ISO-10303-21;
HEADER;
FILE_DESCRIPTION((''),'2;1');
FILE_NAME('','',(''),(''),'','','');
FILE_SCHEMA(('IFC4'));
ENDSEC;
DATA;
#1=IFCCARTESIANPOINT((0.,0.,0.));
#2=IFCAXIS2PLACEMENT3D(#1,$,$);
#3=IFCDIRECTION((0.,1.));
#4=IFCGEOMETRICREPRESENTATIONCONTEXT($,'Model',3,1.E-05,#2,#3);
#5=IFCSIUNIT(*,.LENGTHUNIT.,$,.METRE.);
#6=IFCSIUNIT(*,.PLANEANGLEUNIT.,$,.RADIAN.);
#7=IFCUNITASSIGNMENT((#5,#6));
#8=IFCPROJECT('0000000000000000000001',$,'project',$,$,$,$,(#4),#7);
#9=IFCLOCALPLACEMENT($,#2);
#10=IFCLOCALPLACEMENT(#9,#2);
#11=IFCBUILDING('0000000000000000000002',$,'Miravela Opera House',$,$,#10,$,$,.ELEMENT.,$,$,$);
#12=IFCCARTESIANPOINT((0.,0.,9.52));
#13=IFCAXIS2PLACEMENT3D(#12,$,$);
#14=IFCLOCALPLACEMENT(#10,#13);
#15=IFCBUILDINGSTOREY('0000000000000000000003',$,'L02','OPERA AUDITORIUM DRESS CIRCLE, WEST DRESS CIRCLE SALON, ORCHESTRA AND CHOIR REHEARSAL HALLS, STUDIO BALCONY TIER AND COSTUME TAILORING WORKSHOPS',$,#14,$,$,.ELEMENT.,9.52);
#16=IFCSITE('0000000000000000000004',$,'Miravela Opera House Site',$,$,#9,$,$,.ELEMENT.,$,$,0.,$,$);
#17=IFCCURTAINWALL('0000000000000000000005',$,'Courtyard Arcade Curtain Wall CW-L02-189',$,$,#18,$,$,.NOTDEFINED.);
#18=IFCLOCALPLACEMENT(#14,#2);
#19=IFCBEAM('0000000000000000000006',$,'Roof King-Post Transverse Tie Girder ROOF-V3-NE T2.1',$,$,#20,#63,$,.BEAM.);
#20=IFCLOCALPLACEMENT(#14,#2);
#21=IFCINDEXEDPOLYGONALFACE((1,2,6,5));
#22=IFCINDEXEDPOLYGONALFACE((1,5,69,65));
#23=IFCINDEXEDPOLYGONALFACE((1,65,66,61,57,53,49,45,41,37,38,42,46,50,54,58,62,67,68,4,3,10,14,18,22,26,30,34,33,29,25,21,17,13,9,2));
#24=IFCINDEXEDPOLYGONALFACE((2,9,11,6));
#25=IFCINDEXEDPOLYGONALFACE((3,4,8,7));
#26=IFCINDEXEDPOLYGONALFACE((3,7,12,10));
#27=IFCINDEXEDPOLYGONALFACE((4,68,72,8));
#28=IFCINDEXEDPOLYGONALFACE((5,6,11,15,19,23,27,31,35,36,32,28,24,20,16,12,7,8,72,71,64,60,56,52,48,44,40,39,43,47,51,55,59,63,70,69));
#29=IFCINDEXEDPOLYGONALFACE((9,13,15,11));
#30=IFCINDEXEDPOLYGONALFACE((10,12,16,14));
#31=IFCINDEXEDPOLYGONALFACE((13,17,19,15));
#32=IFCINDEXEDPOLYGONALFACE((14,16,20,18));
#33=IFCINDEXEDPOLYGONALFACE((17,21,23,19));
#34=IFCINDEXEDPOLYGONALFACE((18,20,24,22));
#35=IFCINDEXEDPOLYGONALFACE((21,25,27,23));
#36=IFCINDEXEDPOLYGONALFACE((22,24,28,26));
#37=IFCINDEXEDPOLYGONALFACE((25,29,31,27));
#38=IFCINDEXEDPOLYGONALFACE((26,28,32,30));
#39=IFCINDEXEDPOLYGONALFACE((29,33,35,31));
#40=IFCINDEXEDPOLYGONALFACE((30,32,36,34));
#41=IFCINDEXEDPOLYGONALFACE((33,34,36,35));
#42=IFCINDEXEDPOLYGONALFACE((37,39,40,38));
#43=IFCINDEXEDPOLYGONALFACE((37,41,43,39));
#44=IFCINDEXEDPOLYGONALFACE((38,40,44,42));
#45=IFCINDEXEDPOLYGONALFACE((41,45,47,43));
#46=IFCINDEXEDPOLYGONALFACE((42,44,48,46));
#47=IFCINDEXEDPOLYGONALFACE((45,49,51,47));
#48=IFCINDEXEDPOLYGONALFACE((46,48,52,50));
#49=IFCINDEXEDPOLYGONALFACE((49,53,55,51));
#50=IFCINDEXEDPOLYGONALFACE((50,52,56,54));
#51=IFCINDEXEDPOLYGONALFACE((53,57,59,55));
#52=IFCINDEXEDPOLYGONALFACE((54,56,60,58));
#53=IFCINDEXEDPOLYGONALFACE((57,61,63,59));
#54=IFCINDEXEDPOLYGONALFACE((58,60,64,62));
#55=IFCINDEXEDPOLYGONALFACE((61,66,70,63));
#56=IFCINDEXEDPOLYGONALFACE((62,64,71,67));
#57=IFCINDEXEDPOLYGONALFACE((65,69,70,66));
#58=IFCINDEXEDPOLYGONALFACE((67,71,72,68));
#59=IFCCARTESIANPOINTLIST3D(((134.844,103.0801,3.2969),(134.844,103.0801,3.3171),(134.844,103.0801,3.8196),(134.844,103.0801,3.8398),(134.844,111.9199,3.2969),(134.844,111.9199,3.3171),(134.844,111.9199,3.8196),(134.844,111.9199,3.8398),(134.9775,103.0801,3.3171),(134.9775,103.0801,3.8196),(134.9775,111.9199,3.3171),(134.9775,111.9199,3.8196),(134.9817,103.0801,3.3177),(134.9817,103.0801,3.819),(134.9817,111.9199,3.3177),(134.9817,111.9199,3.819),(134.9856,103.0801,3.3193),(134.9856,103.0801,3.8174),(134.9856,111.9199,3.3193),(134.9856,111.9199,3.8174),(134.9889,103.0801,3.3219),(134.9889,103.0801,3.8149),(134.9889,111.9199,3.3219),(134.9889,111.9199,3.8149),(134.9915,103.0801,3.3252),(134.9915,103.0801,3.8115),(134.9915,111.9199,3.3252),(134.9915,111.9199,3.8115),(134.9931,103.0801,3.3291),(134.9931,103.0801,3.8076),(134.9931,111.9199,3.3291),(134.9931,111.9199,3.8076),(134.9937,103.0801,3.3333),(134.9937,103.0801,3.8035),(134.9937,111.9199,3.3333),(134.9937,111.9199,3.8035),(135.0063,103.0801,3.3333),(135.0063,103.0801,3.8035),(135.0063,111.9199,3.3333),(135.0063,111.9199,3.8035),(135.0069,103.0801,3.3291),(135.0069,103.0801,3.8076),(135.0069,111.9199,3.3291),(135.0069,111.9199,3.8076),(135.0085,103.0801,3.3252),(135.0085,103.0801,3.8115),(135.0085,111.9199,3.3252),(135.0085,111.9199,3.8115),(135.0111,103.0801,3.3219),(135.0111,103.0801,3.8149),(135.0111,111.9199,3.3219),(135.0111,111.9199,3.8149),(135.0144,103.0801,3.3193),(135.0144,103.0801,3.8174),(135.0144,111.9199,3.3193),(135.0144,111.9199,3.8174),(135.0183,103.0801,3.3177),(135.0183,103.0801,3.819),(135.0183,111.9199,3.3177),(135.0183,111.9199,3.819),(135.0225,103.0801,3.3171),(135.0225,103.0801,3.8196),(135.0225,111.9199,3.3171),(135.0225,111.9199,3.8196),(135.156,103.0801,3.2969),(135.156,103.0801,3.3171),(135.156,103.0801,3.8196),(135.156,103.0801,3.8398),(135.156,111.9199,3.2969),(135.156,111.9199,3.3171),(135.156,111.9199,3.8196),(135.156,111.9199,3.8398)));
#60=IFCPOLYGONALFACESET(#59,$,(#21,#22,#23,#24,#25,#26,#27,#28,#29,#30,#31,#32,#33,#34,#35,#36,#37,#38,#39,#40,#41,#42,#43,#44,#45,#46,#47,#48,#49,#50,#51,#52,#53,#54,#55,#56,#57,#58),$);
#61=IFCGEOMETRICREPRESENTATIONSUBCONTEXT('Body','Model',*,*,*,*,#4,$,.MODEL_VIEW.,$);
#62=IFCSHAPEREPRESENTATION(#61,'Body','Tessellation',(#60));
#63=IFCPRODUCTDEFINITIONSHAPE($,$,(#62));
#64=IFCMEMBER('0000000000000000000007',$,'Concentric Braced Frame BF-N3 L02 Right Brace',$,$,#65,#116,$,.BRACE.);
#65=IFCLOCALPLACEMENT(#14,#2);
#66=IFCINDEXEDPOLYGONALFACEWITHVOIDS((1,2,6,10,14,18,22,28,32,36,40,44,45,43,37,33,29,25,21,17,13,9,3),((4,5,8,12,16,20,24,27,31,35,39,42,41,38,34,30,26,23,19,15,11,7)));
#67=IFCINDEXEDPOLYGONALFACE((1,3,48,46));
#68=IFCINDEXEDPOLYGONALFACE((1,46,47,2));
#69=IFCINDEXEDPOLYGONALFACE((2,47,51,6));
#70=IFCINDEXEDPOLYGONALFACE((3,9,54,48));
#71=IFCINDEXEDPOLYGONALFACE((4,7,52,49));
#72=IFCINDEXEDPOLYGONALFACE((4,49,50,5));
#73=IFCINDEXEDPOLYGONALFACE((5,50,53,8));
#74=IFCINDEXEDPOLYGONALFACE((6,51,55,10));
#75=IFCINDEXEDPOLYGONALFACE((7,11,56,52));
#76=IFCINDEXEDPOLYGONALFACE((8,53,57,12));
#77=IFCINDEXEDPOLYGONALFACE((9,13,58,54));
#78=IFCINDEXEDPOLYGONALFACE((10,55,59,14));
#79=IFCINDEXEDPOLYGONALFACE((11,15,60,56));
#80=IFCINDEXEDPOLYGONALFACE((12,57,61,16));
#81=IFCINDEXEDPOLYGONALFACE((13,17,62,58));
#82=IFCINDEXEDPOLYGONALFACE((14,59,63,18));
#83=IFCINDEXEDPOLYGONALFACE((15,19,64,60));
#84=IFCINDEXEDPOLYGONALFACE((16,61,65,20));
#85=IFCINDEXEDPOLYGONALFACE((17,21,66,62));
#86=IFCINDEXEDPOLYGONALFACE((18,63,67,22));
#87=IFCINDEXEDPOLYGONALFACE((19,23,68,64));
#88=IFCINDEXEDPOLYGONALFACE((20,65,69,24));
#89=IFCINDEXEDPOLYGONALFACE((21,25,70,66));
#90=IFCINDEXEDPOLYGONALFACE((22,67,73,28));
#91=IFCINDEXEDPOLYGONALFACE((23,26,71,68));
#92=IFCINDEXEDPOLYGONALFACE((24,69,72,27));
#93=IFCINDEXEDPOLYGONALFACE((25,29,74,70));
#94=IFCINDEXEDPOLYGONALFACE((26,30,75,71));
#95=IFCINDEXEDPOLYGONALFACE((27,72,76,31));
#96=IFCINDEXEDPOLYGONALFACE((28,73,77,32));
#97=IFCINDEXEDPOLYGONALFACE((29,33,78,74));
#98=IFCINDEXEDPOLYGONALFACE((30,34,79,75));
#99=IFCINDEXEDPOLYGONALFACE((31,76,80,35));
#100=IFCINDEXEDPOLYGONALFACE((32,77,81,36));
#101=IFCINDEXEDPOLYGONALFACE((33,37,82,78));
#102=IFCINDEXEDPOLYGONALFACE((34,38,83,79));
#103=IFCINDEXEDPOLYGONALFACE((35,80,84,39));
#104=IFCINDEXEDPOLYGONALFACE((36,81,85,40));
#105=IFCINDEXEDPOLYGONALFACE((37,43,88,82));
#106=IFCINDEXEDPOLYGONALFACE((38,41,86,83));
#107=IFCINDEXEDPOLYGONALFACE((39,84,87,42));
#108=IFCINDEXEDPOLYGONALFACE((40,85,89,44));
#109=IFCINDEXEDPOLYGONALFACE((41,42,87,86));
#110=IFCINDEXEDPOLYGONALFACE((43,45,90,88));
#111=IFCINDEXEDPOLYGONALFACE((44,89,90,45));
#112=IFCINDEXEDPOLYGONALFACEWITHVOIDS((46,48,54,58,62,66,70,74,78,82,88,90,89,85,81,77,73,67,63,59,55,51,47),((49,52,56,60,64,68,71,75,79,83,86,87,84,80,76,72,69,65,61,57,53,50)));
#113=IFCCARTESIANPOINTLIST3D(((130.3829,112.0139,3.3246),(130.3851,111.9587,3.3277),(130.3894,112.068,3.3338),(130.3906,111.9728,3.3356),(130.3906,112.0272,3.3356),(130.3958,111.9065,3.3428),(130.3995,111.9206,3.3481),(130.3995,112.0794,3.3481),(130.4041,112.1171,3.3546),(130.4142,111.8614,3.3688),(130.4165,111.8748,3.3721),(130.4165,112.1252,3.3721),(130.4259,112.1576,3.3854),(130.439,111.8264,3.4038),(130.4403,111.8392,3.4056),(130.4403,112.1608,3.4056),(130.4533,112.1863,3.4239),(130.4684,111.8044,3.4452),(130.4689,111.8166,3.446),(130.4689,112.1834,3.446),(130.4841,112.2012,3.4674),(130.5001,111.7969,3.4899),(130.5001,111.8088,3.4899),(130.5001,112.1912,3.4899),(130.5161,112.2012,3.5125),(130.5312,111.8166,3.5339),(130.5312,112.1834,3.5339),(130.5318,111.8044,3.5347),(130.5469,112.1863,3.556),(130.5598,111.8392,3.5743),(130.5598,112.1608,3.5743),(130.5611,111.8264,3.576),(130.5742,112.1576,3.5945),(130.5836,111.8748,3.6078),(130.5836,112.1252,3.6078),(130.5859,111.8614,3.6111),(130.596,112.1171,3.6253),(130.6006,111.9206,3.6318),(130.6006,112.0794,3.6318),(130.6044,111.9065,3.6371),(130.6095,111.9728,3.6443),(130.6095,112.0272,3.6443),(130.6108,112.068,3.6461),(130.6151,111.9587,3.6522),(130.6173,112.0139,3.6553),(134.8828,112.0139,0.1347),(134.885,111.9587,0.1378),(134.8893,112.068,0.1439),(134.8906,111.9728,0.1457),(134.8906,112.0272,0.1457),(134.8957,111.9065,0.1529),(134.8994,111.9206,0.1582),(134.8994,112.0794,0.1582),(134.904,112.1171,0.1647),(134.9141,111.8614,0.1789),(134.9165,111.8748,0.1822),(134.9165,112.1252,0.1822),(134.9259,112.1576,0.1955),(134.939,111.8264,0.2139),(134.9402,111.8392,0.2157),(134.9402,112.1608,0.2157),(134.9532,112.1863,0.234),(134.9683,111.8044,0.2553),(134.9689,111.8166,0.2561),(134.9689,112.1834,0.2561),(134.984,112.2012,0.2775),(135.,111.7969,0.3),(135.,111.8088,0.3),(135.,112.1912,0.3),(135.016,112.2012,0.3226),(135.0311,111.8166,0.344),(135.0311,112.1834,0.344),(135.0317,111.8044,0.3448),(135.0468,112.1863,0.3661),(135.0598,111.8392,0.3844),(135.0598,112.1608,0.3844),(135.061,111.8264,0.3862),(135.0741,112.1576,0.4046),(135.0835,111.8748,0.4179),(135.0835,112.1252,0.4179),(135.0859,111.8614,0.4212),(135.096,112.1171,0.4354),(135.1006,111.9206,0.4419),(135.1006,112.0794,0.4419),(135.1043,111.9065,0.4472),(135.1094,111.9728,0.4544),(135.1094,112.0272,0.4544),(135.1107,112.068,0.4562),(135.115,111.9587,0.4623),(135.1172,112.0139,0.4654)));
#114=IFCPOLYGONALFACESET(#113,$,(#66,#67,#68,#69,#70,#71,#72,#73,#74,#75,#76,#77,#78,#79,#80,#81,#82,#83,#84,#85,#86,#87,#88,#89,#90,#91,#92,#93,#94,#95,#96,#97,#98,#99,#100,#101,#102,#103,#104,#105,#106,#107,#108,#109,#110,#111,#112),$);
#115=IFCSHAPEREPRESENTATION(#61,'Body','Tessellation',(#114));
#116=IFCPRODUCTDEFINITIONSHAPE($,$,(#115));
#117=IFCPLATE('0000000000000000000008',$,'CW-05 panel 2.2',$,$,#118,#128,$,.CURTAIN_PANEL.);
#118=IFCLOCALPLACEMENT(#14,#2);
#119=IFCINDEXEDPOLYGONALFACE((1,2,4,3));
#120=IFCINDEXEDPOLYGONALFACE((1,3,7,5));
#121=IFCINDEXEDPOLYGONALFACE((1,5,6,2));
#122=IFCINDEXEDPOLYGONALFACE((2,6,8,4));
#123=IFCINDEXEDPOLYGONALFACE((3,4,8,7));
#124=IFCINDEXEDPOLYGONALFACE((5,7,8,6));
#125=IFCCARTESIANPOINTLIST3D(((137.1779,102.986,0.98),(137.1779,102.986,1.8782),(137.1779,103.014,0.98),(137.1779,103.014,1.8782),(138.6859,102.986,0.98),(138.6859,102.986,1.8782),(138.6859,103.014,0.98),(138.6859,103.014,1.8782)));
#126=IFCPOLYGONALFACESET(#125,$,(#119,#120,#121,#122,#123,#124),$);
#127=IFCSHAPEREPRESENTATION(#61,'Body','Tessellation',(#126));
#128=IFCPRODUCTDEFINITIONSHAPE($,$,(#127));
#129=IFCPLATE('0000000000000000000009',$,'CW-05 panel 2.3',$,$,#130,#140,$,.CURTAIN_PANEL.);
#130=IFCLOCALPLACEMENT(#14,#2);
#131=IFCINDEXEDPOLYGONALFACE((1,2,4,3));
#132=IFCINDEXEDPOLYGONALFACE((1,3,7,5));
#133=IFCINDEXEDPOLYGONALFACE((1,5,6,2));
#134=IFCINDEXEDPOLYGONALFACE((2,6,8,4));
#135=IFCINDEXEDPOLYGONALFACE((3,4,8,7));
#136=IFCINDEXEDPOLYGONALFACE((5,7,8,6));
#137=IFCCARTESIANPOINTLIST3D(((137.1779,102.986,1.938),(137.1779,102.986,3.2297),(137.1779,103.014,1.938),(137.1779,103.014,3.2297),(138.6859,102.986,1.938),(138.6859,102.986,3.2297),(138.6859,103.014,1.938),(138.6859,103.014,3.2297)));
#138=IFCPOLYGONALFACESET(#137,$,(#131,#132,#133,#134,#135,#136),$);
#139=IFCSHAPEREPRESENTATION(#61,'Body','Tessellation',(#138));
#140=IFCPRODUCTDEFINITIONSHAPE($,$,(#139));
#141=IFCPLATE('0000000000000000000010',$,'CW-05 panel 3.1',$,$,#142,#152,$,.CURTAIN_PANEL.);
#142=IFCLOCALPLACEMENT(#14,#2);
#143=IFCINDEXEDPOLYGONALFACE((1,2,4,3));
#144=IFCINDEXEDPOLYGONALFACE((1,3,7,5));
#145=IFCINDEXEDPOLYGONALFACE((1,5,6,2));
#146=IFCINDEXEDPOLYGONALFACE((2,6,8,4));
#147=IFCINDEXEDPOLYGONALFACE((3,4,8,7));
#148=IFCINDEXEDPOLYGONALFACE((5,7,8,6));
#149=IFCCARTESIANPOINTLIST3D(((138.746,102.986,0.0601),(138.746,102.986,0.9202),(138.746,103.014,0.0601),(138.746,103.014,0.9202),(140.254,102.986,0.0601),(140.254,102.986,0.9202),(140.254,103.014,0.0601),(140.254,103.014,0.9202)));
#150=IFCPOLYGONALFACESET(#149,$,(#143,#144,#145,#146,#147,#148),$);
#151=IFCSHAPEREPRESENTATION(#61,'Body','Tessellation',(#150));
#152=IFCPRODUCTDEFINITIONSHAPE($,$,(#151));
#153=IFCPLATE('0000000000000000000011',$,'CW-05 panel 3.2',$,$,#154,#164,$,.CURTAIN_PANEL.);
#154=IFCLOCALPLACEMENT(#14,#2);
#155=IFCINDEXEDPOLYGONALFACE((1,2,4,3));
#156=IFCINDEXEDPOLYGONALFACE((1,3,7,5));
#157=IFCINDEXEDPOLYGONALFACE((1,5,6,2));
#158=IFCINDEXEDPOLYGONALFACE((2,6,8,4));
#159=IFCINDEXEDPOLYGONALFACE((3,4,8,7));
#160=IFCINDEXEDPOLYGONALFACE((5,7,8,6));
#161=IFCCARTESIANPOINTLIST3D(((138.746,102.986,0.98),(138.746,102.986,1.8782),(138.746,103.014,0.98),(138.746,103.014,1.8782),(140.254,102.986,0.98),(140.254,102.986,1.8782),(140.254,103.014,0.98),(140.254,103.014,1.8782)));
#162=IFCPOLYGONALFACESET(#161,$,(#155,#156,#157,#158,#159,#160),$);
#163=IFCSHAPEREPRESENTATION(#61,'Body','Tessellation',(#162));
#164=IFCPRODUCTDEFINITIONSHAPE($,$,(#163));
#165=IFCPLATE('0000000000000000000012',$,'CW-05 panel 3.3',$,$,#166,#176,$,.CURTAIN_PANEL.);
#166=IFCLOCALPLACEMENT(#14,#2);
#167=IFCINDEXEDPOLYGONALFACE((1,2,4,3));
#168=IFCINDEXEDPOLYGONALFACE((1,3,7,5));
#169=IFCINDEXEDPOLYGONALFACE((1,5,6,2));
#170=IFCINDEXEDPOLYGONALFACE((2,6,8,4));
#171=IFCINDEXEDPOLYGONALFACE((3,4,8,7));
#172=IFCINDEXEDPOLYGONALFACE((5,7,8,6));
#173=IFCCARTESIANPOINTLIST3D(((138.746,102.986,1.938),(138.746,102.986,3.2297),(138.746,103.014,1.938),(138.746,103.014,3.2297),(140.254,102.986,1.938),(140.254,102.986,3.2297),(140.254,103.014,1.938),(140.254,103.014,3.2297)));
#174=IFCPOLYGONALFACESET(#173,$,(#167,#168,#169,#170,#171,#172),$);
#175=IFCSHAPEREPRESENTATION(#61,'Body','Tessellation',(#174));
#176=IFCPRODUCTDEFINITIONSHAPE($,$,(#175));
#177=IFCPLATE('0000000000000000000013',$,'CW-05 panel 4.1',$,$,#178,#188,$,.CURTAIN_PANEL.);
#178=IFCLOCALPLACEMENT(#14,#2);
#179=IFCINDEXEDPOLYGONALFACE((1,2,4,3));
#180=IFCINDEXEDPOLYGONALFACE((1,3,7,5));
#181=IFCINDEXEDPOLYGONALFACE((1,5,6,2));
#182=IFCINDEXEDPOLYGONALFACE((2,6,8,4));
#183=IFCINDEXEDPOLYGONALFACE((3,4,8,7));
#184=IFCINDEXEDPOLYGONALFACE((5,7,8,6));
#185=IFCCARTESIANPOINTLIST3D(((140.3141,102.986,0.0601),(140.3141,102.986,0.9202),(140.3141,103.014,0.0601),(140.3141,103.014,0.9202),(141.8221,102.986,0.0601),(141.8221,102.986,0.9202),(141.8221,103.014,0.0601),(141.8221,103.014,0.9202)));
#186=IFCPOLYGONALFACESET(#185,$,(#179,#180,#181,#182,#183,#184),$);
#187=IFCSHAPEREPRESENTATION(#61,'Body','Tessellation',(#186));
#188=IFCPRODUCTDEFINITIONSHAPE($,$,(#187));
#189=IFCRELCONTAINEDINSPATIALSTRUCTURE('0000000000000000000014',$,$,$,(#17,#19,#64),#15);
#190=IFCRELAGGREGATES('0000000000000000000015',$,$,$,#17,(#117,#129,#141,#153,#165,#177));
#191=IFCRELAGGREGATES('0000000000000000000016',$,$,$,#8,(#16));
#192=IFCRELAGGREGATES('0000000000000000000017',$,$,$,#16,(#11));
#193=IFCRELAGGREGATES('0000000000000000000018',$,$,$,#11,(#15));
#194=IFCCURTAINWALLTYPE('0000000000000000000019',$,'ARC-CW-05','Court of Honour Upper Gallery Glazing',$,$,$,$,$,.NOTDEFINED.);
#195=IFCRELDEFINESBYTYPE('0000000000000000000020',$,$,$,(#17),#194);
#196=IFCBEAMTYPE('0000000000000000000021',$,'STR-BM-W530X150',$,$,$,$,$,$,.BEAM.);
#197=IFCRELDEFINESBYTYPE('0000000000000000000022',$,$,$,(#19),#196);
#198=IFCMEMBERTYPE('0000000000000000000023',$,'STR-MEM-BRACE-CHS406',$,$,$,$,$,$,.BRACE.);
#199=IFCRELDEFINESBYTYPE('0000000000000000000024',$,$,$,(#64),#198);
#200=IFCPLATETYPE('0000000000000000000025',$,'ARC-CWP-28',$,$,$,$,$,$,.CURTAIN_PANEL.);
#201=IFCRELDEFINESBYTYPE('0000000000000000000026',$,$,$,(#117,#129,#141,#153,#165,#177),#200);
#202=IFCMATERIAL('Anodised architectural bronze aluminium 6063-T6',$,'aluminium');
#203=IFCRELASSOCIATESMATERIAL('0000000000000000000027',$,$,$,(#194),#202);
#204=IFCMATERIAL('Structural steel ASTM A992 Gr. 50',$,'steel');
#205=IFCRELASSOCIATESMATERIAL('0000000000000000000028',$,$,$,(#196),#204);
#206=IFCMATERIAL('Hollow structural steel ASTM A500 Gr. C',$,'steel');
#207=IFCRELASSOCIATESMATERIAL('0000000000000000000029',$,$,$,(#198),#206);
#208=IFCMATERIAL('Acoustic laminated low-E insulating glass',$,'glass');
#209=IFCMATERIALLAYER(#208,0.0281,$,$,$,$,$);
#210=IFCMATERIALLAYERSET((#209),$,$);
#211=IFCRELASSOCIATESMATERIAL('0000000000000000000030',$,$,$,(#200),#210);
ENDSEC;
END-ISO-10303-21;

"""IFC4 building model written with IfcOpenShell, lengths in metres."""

from ifc_helpers import new_model, si_unit, direction, frame, origin, origin_2d, place, context, subcontext, project, spatial, rectangle, hollow_circle, i_section, extrude, material, layer, layer_set, material_profile, profile_set, type_object, element, aggregate, save


model = new_model("IFC4")

# Units and contexts
model_context = context("Model", 3, precision=1e-05, world=origin(), true_north=direction((0.0, 1.0)))
body_context = subcontext(model_context, "Body", "Model", "MODEL_VIEW")
ifc_project = project(units=[si_unit("LENGTHUNIT", "METRE"), si_unit("PLANEANGLEUNIT", "RADIAN")], contexts=[model_context])

# Site, building, storey
site_placement = place(None, origin())
site = spatial("IfcSite", under=ifc_project, at=site_placement, Name="Miravela Opera House Site", CompositionType="ELEMENT", RefElevation=0.0)
building_placement = place(site_placement, origin())
building = spatial("IfcBuilding", under=site, at=building_placement, Name="Miravela Opera House", CompositionType="ELEMENT")
storey_placement = place(building_placement, frame((0.0, 0.0, 9.52)))
storey = spatial("IfcBuildingStorey", under=building, at=storey_placement, Name="L02", Description="OPERA AUDITORIUM DRESS CIRCLE, WEST DRESS CIRCLE SALON, ORCHESTRA AND CHOIR REHEARSAL HALLS, STUDIO BALCONY TIER AND COSTUME TAILORING WORKSHOPS", CompositionType="ELEMENT", Elevation=9.52)

# Curtain wall
ifc_material_1 = material(Name="Anodised architectural bronze aluminium 6063-T6", Category="aluminium")
curtain_wall_type = type_object("IfcCurtainWallType", Name="ARC-CW-05", Description="Court of Honour Upper Gallery Glazing", PredefinedType="NOTDEFINED", material=ifc_material_1)
curtain_wall_placement = place(storey_placement, origin())
curtain_wall = element("IfcCurtainWall", 1, at=curtain_wall_placement, inside=storey, type_object=curtain_wall_type, Name="Courtyard Arcade Curtain Wall CW-L02-189", PredefinedType="NOTDEFINED")

# Beam
ifc_material_2 = material(Name="Structural steel ASTM A992 Gr. 50", Category="steel")
ifc_material_profile_1 = material_profile(ifc_material_2, i_section(OverallWidth=0.312, OverallDepth=0.543, WebThickness=0.0127, FlangeThickness=0.0203, FilletRadius=0.0161, at=origin_2d()), Name="W530X150")
ifc_profile_set_1 = profile_set([ifc_material_profile_1])
beam_type = type_object("IfcBeamType", Name="STR-BM-W530X150", PredefinedType="BEAM", material=ifc_profile_set_1)
for number, where, z_axis, x_axis, name in (
    (2, (135.0, 103.0801, 3.5684), (0.0, 1.0, 0.0), (-1.0, 0.0, 0.0), "Roof King-Post Transverse Tie Girder ROOF-V3-NE T2.1"),
):
    element("IfcBeam", number, at=place(storey_placement, frame(where, z_axis=z_axis, x_axis=x_axis)), inside=storey, type_object=beam_type, Name=name, PredefinedType="BEAM", context=body_context, shape_type="SweptSolid", body=[
        extrude(i_section(OverallWidth=0.312, OverallDepth=0.543, WebThickness=0.0127, FlangeThickness=0.0203, FilletRadius=0.0161, at=origin_2d()), origin(), (0.0, 0.0, 1.0), 8.8398),
    ])

# Member
ifc_material_3 = material(Name="Hollow structural steel ASTM A500 Gr. C", Category="steel")
ifc_material_profile_2 = material_profile(ifc_material_3, hollow_circle(Radius=0.2031, WallThickness=0.012, at=origin_2d()), Name="CHS406X12")
ifc_profile_set_2 = profile_set([ifc_material_profile_2])
member_type_1 = type_object("IfcMemberType", Name="STR-MEM-BRACE-CHS406", PredefinedType="BRACE", material=ifc_profile_set_2)
member_1_placement = place(storey_placement, frame((135.0, 112.0, 0.3), z_axis=(-0.815816, 0.0, 0.578312), x_axis=(0.0, -1.0, 0.0)))
element("IfcMember", 3, at=member_1_placement, inside=storey, type_object=member_type_1, Name="Concentric Braced Frame BF-N3 L02 Right Brace", PredefinedType="BRACE", context=body_context, shape_type="SweptSolid", body=[
    extrude(hollow_circle(Radius=0.2031, WallThickness=0.012, at=origin_2d()), origin(), (0.0, 0.0, 1.0), 5.5159),
])

# Plates
ifc_material_4 = material(Name="Acoustic laminated low-E insulating glass", Category="glass")
ifc_layer_1 = layer(ifc_material_4, 0.0281)
ifc_layer_set_1 = layer_set([ifc_layer_1])
plate_type_1 = type_object("IfcPlateType", Name="ARC-CWP-28", PredefinedType="CURTAIN_PANEL", material=ifc_layer_set_1)
plate_1_placement = place(storey_placement, frame((137.9319, 103.0, 0.98), z_axis=(0.0, 0.0, 1.0), x_axis=(1.0, 0.0, 0.0)))
plate_1 = element("IfcPlate", 4, at=plate_1_placement, type_object=plate_type_1, Name="CW-05 panel 2.2", PredefinedType="CURTAIN_PANEL", context=body_context, shape_type="SweptSolid", body=[
    extrude(rectangle(XDim=1.5081, YDim=0.0281, at=origin_2d()), origin(), (0.0, 0.0, 1.0), 0.8982),
])
plate_2_placement = place(storey_placement, frame((137.9319, 103.0, 1.938), z_axis=(0.0, 0.0, 1.0), x_axis=(1.0, 0.0, 0.0)))
plate_2 = element("IfcPlate", 5, at=plate_2_placement, type_object=plate_type_1, Name="CW-05 panel 2.3", PredefinedType="CURTAIN_PANEL", context=body_context, shape_type="SweptSolid", body=[
    extrude(rectangle(XDim=1.5081, YDim=0.0281, at=origin_2d()), origin(), (0.0, 0.0, 1.0), 1.2917),
])
plate_3_placement = place(storey_placement, frame((139.5, 103.0, 0.0601), z_axis=(0.0, 0.0, 1.0), x_axis=(1.0, 0.0, 0.0)))
plate_3 = element("IfcPlate", 6, at=plate_3_placement, type_object=plate_type_1, Name="CW-05 panel 3.1", PredefinedType="CURTAIN_PANEL", context=body_context, shape_type="SweptSolid", body=[
    extrude(rectangle(XDim=1.5081, YDim=0.0281, at=origin_2d()), origin(), (0.0, 0.0, 1.0), 0.8601),
])
plate_4_placement = place(storey_placement, frame((139.5, 103.0, 0.98), z_axis=(0.0, 0.0, 1.0), x_axis=(1.0, 0.0, 0.0)))
plate_4 = element("IfcPlate", 7, at=plate_4_placement, type_object=plate_type_1, Name="CW-05 panel 3.2", PredefinedType="CURTAIN_PANEL", context=body_context, shape_type="SweptSolid", body=[
    extrude(rectangle(XDim=1.5081, YDim=0.0281, at=origin_2d()), origin(), (0.0, 0.0, 1.0), 0.8982),
])
plate_5_placement = place(storey_placement, frame((139.5, 103.0, 1.938), z_axis=(0.0, 0.0, 1.0), x_axis=(1.0, 0.0, 0.0)))
plate_5 = element("IfcPlate", 8, at=plate_5_placement, type_object=plate_type_1, Name="CW-05 panel 3.3", PredefinedType="CURTAIN_PANEL", context=body_context, shape_type="SweptSolid", body=[
    extrude(rectangle(XDim=1.5081, YDim=0.0281, at=origin_2d()), origin(), (0.0, 0.0, 1.0), 1.2917),
])
plate_6_placement = place(storey_placement, frame((141.0681, 103.0, 0.0601), z_axis=(0.0, 0.0, 1.0), x_axis=(1.0, 0.0, 0.0)))
plate_6 = element("IfcPlate", 9, at=plate_6_placement, type_object=plate_type_1, Name="CW-05 panel 4.1", PredefinedType="CURTAIN_PANEL", context=body_context, shape_type="SweptSolid", body=[
    extrude(rectangle(XDim=1.5081, YDim=0.0281, at=origin_2d()), origin(), (0.0, 0.0, 1.0), 0.8601),
])
aggregate(curtain_wall, [plate_1, plate_2, plate_3, plate_4, plate_5, plate_6])

save(model, "model.ifc")
